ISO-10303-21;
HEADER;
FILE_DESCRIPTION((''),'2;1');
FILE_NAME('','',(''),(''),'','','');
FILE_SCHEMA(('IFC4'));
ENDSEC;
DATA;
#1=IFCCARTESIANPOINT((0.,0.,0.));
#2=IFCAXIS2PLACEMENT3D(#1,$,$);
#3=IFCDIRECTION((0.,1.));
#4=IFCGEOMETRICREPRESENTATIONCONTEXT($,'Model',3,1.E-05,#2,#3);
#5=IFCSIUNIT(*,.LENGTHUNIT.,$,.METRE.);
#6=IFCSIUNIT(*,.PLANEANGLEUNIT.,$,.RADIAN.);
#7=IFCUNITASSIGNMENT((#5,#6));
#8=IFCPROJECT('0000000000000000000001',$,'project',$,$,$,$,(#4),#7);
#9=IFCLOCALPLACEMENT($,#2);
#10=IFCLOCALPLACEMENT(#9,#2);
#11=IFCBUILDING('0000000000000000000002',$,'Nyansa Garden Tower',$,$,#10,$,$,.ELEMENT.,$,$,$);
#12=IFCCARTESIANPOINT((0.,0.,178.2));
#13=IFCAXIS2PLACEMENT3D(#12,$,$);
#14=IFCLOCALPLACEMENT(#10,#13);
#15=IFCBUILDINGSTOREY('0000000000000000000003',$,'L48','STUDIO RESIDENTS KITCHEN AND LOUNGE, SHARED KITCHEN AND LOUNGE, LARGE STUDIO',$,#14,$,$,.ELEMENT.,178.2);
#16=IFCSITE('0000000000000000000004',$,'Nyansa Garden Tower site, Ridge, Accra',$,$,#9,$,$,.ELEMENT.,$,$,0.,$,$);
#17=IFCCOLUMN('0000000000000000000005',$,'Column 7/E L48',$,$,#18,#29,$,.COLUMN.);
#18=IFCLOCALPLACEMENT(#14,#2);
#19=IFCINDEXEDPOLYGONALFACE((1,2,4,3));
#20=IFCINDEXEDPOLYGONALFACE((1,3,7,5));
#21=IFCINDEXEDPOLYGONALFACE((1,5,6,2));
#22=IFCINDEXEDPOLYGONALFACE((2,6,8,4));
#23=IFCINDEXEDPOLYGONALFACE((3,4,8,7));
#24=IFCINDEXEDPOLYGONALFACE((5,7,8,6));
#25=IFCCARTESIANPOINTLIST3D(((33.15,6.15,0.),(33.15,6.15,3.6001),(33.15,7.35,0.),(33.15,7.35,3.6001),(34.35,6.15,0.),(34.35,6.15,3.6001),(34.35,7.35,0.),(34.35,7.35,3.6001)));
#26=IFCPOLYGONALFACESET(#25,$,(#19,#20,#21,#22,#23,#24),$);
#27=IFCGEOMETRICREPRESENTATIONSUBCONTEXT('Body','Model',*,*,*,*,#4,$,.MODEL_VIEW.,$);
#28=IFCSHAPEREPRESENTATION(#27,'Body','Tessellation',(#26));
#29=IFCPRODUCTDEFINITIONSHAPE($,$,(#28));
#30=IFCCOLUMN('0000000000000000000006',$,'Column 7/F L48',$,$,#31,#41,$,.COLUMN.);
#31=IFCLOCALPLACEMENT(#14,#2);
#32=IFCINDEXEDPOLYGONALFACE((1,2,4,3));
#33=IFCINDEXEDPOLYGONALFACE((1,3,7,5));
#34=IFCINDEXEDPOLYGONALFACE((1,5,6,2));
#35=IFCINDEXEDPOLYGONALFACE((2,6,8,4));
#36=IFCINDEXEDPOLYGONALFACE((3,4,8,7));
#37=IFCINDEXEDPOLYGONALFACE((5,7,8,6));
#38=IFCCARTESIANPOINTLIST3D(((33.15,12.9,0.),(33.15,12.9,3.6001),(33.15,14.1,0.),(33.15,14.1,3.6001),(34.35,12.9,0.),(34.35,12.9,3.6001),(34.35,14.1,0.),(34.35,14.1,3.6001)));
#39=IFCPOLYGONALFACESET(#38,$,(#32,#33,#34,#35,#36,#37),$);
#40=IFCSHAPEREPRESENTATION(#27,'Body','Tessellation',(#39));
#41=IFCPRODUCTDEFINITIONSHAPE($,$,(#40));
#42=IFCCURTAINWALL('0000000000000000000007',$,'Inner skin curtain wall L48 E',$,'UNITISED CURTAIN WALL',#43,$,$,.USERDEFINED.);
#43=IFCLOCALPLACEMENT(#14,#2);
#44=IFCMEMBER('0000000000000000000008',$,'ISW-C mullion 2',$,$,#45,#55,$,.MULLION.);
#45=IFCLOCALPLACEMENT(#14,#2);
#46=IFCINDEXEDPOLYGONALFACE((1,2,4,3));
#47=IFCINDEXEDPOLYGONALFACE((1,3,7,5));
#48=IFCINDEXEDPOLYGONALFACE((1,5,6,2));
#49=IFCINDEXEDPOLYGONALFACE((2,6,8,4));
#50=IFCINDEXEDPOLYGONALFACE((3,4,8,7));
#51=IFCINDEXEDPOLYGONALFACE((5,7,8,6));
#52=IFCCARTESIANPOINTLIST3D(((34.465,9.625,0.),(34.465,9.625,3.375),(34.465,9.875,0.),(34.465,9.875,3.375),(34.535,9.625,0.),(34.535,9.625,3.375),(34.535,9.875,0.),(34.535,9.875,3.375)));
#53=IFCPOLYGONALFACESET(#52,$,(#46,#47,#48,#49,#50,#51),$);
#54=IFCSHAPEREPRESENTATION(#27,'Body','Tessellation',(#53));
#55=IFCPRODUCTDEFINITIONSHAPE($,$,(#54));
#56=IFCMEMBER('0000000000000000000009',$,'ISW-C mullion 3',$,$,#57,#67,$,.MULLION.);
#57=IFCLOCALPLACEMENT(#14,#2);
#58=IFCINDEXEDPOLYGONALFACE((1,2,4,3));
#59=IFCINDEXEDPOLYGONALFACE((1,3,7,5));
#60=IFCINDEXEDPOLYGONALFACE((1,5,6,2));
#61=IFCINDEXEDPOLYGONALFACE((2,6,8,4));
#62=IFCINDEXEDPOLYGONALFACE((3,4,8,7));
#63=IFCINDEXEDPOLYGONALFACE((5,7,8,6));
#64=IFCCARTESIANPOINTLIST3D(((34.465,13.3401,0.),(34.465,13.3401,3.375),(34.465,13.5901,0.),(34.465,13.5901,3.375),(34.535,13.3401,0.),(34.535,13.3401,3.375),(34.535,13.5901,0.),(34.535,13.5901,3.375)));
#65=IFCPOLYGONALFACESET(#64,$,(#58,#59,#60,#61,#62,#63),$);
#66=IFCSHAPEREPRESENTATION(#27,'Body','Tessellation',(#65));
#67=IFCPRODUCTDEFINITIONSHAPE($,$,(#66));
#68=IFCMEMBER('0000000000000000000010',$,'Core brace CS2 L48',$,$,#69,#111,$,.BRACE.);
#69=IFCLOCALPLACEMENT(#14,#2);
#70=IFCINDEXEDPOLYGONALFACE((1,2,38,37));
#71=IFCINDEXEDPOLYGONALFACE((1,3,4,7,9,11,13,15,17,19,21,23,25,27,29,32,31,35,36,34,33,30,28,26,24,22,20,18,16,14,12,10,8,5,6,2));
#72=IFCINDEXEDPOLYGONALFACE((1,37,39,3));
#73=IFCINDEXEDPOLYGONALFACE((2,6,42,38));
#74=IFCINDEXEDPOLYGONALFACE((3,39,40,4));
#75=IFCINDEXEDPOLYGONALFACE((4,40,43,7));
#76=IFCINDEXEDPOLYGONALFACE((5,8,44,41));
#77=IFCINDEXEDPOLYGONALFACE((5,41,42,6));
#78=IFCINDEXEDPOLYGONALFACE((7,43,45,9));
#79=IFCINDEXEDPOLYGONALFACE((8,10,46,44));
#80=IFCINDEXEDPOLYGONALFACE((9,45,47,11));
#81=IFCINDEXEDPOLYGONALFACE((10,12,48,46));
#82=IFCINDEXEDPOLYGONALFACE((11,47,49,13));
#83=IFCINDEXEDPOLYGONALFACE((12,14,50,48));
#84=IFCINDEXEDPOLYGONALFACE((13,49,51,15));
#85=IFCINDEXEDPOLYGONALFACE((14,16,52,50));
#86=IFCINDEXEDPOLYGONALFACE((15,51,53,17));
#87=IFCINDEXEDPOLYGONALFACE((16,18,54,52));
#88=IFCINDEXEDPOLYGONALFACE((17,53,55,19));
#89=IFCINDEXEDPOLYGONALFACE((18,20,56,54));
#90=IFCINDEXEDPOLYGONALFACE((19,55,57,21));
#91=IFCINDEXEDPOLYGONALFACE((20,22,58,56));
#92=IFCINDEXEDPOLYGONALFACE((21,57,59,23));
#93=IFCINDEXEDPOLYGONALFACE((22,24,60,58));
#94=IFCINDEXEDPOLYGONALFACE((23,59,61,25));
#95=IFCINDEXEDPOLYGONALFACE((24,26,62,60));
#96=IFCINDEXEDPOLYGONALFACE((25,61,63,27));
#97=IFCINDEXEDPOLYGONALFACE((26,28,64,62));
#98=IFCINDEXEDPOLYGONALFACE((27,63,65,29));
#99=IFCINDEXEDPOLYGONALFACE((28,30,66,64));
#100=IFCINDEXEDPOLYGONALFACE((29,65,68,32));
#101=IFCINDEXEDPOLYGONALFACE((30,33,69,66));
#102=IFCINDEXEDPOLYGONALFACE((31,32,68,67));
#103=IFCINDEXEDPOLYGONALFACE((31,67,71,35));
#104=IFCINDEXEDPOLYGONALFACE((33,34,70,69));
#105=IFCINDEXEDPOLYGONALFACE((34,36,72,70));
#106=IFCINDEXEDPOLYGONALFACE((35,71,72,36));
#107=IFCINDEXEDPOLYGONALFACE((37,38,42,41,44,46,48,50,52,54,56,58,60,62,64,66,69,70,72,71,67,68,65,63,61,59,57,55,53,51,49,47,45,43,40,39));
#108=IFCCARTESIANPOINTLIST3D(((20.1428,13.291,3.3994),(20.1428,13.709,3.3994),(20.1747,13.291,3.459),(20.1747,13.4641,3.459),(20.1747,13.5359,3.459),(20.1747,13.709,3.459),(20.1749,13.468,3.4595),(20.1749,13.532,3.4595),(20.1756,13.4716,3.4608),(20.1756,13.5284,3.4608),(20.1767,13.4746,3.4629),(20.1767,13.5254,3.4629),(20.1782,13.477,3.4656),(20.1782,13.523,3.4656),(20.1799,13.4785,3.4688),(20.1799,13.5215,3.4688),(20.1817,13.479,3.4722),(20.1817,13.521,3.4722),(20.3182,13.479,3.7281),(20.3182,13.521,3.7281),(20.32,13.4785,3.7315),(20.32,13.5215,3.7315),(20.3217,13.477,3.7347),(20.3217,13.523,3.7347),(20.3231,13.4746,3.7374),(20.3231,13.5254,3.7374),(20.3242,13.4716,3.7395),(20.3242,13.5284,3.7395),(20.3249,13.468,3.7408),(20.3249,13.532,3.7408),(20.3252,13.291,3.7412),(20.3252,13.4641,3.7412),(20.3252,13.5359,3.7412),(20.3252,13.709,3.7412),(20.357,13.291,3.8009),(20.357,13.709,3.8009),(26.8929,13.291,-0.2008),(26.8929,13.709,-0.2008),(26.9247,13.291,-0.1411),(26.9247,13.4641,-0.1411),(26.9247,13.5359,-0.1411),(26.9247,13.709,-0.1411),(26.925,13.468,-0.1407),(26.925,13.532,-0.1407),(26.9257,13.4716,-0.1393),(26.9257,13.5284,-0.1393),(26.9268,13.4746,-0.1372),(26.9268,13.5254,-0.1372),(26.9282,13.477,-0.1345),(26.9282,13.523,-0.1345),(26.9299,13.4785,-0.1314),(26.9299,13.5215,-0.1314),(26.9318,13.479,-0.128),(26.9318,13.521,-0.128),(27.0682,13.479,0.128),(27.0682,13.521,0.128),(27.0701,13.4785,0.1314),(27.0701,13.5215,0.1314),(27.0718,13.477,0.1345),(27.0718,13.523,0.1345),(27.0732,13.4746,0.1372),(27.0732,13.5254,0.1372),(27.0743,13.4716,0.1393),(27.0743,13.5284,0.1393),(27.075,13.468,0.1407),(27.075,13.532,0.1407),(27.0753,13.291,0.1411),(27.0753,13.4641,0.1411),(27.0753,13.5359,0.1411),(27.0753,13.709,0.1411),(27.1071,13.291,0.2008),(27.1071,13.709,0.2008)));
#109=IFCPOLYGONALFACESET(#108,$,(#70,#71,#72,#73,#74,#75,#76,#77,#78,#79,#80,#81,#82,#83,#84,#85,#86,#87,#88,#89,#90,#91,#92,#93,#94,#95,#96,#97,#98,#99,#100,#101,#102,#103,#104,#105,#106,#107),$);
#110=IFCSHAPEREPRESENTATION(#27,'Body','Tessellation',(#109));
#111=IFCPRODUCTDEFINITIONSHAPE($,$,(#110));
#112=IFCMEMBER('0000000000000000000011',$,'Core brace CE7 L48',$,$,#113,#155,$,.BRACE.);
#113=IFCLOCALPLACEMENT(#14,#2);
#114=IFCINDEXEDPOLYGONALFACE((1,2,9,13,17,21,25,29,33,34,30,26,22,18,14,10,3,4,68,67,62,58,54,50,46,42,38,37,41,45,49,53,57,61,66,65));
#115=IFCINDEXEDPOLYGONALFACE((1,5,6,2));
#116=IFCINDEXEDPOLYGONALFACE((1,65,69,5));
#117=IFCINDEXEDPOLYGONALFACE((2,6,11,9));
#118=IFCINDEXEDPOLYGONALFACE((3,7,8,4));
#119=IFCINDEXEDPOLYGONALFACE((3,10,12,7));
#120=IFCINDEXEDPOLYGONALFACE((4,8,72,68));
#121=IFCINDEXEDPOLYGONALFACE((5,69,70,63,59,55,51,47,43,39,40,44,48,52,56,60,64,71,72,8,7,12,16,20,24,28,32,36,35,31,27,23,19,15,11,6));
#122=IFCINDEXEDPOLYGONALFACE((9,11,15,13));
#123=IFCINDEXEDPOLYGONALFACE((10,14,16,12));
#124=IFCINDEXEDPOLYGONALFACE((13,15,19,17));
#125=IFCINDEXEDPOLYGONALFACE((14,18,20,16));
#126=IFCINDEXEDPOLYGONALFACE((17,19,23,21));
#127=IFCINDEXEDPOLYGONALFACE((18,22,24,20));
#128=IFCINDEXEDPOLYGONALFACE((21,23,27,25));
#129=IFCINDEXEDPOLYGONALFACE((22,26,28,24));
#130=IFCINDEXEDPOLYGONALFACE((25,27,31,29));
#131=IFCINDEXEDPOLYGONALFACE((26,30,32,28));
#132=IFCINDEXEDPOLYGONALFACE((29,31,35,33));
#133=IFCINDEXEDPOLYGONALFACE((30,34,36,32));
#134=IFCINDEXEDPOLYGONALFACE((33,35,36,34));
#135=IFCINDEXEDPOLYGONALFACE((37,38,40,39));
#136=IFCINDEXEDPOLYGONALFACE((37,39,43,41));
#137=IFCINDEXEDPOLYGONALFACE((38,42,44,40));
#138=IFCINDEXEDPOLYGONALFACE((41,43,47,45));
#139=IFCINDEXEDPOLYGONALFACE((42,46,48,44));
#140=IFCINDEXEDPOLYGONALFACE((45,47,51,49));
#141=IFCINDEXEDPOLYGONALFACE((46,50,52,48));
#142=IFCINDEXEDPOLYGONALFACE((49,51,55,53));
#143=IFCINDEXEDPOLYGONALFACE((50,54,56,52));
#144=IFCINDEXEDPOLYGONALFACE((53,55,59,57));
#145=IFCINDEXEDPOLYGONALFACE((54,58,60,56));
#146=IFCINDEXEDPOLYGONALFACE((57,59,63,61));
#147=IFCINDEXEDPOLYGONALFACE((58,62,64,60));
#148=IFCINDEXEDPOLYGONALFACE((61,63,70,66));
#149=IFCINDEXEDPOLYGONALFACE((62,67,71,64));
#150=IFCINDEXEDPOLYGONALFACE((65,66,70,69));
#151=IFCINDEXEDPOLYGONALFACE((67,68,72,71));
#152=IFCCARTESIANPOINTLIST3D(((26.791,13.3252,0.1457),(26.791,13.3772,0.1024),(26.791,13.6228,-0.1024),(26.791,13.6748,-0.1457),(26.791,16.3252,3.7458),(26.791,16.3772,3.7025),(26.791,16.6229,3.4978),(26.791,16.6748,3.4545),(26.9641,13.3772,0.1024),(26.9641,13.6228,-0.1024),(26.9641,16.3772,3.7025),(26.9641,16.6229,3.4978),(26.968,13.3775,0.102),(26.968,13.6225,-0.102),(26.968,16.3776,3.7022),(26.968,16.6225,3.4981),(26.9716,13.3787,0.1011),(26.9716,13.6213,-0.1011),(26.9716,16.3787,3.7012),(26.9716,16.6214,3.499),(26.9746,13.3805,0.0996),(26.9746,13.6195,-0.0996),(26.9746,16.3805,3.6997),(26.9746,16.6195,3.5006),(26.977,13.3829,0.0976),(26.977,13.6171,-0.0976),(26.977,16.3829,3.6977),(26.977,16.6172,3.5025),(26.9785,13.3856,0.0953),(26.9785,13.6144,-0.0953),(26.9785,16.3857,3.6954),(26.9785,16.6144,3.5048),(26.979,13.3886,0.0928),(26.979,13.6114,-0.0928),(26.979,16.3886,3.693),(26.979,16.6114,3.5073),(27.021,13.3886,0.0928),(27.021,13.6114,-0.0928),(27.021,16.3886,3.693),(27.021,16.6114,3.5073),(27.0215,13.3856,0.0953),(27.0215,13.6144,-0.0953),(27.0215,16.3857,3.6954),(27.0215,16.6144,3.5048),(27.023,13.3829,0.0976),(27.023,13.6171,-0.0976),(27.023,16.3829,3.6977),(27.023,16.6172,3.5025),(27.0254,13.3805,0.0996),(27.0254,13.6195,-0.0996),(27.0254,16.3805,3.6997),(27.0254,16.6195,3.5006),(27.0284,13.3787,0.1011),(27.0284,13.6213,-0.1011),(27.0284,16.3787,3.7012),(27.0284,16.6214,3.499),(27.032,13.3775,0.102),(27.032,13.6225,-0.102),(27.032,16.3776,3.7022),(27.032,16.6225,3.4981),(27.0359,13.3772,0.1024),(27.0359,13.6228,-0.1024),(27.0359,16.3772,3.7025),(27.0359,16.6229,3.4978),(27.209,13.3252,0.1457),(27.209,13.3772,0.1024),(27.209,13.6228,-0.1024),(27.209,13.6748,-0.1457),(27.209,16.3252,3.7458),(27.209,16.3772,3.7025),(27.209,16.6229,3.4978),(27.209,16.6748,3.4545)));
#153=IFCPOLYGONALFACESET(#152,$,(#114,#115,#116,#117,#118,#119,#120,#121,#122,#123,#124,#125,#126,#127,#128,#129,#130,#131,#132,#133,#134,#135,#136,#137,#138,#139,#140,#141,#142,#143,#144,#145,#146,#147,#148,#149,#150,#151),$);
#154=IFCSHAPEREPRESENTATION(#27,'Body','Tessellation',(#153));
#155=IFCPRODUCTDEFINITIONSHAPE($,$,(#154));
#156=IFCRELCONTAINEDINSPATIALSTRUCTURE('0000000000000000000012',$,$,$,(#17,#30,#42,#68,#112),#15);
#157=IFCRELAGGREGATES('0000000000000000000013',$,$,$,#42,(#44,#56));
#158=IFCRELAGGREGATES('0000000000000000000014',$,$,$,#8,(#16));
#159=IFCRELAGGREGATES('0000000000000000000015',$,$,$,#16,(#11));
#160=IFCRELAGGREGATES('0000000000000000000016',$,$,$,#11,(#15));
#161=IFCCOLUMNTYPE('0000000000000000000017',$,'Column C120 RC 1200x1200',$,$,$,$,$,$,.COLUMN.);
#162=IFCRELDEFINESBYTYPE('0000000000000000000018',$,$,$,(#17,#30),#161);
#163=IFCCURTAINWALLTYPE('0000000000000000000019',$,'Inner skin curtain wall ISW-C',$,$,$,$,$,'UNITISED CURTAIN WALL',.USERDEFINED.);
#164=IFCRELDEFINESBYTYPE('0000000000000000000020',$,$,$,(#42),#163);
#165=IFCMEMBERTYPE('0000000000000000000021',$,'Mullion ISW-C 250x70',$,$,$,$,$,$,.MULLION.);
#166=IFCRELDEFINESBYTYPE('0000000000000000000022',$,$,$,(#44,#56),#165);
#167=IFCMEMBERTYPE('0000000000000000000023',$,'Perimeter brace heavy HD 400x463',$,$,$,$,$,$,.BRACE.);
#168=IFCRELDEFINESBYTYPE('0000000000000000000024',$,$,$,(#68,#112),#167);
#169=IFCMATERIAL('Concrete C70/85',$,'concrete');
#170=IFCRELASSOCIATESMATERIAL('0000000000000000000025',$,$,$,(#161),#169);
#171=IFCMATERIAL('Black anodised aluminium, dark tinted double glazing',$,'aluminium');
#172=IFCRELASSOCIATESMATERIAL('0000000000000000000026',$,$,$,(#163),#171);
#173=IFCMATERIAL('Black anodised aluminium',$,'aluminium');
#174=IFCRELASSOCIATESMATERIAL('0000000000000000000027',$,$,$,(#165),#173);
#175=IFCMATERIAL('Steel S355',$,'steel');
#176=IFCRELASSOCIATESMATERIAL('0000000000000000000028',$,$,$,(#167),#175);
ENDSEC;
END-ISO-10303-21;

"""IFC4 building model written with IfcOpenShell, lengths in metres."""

from ifc_helpers import new_model, si_unit, direction, frame, origin, origin_2d, place, context, subcontext, project, spatial, rectangle, i_section, extrude, material, material_profile, profile_set, type_object, element, aggregate, save


model = new_model("IFC4")

# Units and contexts
model_context = context("Model", 3, precision=1e-05, world=origin(), true_north=direction((0.0, 1.0)))
body_context = subcontext(model_context, "Body", "Model", "MODEL_VIEW")
ifc_project = project(units=[si_unit("LENGTHUNIT", "METRE"), si_unit("PLANEANGLEUNIT", "RADIAN")], contexts=[model_context])

# Site, building, storey
site_placement = place(None, origin())
site = spatial("IfcSite", under=ifc_project, at=site_placement, Name="Nyansa Garden Tower site, Ridge, Accra", CompositionType="ELEMENT", RefElevation=0.0)
building_placement = place(site_placement, origin())
building = spatial("IfcBuilding", under=site, at=building_placement, Name="Nyansa Garden Tower", CompositionType="ELEMENT")
storey_placement = place(building_placement, frame((0.0, 0.0, 178.2)))
storey = spatial("IfcBuildingStorey", under=building, at=storey_placement, Name="L48", Description="STUDIO RESIDENTS KITCHEN AND LOUNGE, SHARED KITCHEN AND LOUNGE, LARGE STUDIO", CompositionType="ELEMENT", Elevation=178.2)

# Columns
ifc_material_1 = material(Name="Concrete C70/85", Category="concrete")
ifc_material_profile_1 = material_profile(ifc_material_1, rectangle(XDim=1.2, YDim=1.2, at=origin_2d()), Name="RC 1200x1200")
ifc_profile_set_1 = profile_set([ifc_material_profile_1], Name="Concrete C70/85")
column_type = type_object("IfcColumnType", Name="Column C120 RC 1200x1200", PredefinedType="COLUMN", material=ifc_profile_set_1)
for number, where, z_axis, x_axis, name in (
    (1, (33.75, 6.75, 0.0), (0.0, 0.0, 1.0), (1.0, 0.0, 0.0), "Column 7/E L48"),
    (2, (33.75, 13.5, 0.0), (0.0, 0.0, 1.0), (1.0, 0.0, 0.0), "Column 7/F L48"),
):
    element("IfcColumn", number, at=place(storey_placement, frame(where, z_axis=z_axis, x_axis=x_axis)), inside=storey, type_object=column_type, Name=name, PredefinedType="COLUMN", context=body_context, shape_type="SweptSolid", body=[
        extrude(rectangle(XDim=1.2, YDim=1.2, at=origin_2d()), origin(), (0.0, 0.0, 1.0), 3.6001),
    ])

# Curtain wall, members
ifc_material_2 = material(Name="Black anodised aluminium, dark tinted double glazing", Category="aluminium")
curtain_wall_type = type_object("IfcCurtainWallType", Name="Inner skin curtain wall ISW-C", ElementType="UNITISED CURTAIN WALL", PredefinedType="USERDEFINED", material=ifc_material_2)
curtain_wall_placement = place(storey_placement, origin())
curtain_wall = element("IfcCurtainWall", 3, at=curtain_wall_placement, inside=storey, type_object=curtain_wall_type, Name="Inner skin curtain wall L48 E", ObjectType="UNITISED CURTAIN WALL", PredefinedType="USERDEFINED")
ifc_material_3 = material(Name="Black anodised aluminium", Category="aluminium")
ifc_material_profile_2 = material_profile(ifc_material_3, rectangle(XDim=0.0701, YDim=0.25, at=origin_2d()), Name="Mullion 250x70")
ifc_profile_set_2 = profile_set([ifc_material_profile_2], Name="Black anodised aluminium")
member_type_1 = type_object("IfcMemberType", Name="Mullion ISW-C 250x70", PredefinedType="MULLION", material=ifc_profile_set_2)
member_1_placement = place(storey_placement, frame((34.5, 9.75, 0.0), z_axis=(0.0, 0.0, 1.0), x_axis=(-1.0, 0.0, 0.0)))
member_1 = element("IfcMember", 4, at=member_1_placement, type_object=member_type_1, Name="ISW-C mullion 2", PredefinedType="MULLION", context=body_context, shape_type="SweptSolid", body=[
    extrude(rectangle(XDim=0.0701, YDim=0.25, at=origin_2d()), origin(), (0.0, 0.0, 1.0), 3.375),
])
member_2_placement = place(storey_placement, frame((34.5, 13.4651, 0.0), z_axis=(0.0, 0.0, 1.0), x_axis=(-1.0, 0.0, 0.0)))
member_2 = element("IfcMember", 5, at=member_2_placement, type_object=member_type_1, Name="ISW-C mullion 3", PredefinedType="MULLION", context=body_context, shape_type="SweptSolid", body=[
    extrude(rectangle(XDim=0.0701, YDim=0.25, at=origin_2d()), origin(), (0.0, 0.0, 1.0), 3.375),
])

# Members
ifc_material_4 = material(Name="Steel S355", Category="steel")
ifc_material_profile_3 = material_profile(ifc_material_4, i_section(OverallWidth=0.418, OverallDepth=0.4551, WebThickness=0.042, FlangeThickness=0.0676, FilletRadius=0.0149, at=origin_2d()), Name="HD 400x463")
ifc_profile_set_3 = profile_set([ifc_material_profile_3], Name="Steel S355")
member_type_2 = type_object("IfcMemberType", Name="Perimeter brace heavy HD 400x463", PredefinedType="BRACE", material=ifc_profile_set_3)
member_3_placement = place(storey_placement, frame((27.0, 13.5, 0.0), z_axis=(-0.882348, 0.0, 0.470598), x_axis=(0.0, -1.0, 0.0)))
element("IfcMember", 6, at=member_3_placement, inside=storey, type_object=member_type_2, Name="Core brace CS2 L48", PredefinedType="BRACE", context=body_context, shape_type="SweptSolid", body=[
    extrude(i_section(OverallWidth=0.418, OverallDepth=0.4551, WebThickness=0.042, FlangeThickness=0.0676, FilletRadius=0.0149, at=origin_2d()), origin(), (0.0, 0.0, 1.0), 7.6501),
])
member_4_placement = place(storey_placement, frame((27.0, 13.5, 0.0), z_axis=(0.0, 0.640174, 0.76823), x_axis=(-1.0, 0.0, 0.0)))
element("IfcMember", 7, at=member_4_placement, inside=storey, type_object=member_type_2, Name="Core brace CE7 L48", PredefinedType="BRACE", context=body_context, shape_type="SweptSolid", body=[
    extrude(i_section(OverallWidth=0.418, OverallDepth=0.4551, WebThickness=0.042, FlangeThickness=0.0676, FilletRadius=0.0149, at=origin_2d()), origin(), (0.0, 0.0, 1.0), 4.6863),
])

aggregate(curtain_wall, [member_1, member_2])

save(model, "model.ifc")
